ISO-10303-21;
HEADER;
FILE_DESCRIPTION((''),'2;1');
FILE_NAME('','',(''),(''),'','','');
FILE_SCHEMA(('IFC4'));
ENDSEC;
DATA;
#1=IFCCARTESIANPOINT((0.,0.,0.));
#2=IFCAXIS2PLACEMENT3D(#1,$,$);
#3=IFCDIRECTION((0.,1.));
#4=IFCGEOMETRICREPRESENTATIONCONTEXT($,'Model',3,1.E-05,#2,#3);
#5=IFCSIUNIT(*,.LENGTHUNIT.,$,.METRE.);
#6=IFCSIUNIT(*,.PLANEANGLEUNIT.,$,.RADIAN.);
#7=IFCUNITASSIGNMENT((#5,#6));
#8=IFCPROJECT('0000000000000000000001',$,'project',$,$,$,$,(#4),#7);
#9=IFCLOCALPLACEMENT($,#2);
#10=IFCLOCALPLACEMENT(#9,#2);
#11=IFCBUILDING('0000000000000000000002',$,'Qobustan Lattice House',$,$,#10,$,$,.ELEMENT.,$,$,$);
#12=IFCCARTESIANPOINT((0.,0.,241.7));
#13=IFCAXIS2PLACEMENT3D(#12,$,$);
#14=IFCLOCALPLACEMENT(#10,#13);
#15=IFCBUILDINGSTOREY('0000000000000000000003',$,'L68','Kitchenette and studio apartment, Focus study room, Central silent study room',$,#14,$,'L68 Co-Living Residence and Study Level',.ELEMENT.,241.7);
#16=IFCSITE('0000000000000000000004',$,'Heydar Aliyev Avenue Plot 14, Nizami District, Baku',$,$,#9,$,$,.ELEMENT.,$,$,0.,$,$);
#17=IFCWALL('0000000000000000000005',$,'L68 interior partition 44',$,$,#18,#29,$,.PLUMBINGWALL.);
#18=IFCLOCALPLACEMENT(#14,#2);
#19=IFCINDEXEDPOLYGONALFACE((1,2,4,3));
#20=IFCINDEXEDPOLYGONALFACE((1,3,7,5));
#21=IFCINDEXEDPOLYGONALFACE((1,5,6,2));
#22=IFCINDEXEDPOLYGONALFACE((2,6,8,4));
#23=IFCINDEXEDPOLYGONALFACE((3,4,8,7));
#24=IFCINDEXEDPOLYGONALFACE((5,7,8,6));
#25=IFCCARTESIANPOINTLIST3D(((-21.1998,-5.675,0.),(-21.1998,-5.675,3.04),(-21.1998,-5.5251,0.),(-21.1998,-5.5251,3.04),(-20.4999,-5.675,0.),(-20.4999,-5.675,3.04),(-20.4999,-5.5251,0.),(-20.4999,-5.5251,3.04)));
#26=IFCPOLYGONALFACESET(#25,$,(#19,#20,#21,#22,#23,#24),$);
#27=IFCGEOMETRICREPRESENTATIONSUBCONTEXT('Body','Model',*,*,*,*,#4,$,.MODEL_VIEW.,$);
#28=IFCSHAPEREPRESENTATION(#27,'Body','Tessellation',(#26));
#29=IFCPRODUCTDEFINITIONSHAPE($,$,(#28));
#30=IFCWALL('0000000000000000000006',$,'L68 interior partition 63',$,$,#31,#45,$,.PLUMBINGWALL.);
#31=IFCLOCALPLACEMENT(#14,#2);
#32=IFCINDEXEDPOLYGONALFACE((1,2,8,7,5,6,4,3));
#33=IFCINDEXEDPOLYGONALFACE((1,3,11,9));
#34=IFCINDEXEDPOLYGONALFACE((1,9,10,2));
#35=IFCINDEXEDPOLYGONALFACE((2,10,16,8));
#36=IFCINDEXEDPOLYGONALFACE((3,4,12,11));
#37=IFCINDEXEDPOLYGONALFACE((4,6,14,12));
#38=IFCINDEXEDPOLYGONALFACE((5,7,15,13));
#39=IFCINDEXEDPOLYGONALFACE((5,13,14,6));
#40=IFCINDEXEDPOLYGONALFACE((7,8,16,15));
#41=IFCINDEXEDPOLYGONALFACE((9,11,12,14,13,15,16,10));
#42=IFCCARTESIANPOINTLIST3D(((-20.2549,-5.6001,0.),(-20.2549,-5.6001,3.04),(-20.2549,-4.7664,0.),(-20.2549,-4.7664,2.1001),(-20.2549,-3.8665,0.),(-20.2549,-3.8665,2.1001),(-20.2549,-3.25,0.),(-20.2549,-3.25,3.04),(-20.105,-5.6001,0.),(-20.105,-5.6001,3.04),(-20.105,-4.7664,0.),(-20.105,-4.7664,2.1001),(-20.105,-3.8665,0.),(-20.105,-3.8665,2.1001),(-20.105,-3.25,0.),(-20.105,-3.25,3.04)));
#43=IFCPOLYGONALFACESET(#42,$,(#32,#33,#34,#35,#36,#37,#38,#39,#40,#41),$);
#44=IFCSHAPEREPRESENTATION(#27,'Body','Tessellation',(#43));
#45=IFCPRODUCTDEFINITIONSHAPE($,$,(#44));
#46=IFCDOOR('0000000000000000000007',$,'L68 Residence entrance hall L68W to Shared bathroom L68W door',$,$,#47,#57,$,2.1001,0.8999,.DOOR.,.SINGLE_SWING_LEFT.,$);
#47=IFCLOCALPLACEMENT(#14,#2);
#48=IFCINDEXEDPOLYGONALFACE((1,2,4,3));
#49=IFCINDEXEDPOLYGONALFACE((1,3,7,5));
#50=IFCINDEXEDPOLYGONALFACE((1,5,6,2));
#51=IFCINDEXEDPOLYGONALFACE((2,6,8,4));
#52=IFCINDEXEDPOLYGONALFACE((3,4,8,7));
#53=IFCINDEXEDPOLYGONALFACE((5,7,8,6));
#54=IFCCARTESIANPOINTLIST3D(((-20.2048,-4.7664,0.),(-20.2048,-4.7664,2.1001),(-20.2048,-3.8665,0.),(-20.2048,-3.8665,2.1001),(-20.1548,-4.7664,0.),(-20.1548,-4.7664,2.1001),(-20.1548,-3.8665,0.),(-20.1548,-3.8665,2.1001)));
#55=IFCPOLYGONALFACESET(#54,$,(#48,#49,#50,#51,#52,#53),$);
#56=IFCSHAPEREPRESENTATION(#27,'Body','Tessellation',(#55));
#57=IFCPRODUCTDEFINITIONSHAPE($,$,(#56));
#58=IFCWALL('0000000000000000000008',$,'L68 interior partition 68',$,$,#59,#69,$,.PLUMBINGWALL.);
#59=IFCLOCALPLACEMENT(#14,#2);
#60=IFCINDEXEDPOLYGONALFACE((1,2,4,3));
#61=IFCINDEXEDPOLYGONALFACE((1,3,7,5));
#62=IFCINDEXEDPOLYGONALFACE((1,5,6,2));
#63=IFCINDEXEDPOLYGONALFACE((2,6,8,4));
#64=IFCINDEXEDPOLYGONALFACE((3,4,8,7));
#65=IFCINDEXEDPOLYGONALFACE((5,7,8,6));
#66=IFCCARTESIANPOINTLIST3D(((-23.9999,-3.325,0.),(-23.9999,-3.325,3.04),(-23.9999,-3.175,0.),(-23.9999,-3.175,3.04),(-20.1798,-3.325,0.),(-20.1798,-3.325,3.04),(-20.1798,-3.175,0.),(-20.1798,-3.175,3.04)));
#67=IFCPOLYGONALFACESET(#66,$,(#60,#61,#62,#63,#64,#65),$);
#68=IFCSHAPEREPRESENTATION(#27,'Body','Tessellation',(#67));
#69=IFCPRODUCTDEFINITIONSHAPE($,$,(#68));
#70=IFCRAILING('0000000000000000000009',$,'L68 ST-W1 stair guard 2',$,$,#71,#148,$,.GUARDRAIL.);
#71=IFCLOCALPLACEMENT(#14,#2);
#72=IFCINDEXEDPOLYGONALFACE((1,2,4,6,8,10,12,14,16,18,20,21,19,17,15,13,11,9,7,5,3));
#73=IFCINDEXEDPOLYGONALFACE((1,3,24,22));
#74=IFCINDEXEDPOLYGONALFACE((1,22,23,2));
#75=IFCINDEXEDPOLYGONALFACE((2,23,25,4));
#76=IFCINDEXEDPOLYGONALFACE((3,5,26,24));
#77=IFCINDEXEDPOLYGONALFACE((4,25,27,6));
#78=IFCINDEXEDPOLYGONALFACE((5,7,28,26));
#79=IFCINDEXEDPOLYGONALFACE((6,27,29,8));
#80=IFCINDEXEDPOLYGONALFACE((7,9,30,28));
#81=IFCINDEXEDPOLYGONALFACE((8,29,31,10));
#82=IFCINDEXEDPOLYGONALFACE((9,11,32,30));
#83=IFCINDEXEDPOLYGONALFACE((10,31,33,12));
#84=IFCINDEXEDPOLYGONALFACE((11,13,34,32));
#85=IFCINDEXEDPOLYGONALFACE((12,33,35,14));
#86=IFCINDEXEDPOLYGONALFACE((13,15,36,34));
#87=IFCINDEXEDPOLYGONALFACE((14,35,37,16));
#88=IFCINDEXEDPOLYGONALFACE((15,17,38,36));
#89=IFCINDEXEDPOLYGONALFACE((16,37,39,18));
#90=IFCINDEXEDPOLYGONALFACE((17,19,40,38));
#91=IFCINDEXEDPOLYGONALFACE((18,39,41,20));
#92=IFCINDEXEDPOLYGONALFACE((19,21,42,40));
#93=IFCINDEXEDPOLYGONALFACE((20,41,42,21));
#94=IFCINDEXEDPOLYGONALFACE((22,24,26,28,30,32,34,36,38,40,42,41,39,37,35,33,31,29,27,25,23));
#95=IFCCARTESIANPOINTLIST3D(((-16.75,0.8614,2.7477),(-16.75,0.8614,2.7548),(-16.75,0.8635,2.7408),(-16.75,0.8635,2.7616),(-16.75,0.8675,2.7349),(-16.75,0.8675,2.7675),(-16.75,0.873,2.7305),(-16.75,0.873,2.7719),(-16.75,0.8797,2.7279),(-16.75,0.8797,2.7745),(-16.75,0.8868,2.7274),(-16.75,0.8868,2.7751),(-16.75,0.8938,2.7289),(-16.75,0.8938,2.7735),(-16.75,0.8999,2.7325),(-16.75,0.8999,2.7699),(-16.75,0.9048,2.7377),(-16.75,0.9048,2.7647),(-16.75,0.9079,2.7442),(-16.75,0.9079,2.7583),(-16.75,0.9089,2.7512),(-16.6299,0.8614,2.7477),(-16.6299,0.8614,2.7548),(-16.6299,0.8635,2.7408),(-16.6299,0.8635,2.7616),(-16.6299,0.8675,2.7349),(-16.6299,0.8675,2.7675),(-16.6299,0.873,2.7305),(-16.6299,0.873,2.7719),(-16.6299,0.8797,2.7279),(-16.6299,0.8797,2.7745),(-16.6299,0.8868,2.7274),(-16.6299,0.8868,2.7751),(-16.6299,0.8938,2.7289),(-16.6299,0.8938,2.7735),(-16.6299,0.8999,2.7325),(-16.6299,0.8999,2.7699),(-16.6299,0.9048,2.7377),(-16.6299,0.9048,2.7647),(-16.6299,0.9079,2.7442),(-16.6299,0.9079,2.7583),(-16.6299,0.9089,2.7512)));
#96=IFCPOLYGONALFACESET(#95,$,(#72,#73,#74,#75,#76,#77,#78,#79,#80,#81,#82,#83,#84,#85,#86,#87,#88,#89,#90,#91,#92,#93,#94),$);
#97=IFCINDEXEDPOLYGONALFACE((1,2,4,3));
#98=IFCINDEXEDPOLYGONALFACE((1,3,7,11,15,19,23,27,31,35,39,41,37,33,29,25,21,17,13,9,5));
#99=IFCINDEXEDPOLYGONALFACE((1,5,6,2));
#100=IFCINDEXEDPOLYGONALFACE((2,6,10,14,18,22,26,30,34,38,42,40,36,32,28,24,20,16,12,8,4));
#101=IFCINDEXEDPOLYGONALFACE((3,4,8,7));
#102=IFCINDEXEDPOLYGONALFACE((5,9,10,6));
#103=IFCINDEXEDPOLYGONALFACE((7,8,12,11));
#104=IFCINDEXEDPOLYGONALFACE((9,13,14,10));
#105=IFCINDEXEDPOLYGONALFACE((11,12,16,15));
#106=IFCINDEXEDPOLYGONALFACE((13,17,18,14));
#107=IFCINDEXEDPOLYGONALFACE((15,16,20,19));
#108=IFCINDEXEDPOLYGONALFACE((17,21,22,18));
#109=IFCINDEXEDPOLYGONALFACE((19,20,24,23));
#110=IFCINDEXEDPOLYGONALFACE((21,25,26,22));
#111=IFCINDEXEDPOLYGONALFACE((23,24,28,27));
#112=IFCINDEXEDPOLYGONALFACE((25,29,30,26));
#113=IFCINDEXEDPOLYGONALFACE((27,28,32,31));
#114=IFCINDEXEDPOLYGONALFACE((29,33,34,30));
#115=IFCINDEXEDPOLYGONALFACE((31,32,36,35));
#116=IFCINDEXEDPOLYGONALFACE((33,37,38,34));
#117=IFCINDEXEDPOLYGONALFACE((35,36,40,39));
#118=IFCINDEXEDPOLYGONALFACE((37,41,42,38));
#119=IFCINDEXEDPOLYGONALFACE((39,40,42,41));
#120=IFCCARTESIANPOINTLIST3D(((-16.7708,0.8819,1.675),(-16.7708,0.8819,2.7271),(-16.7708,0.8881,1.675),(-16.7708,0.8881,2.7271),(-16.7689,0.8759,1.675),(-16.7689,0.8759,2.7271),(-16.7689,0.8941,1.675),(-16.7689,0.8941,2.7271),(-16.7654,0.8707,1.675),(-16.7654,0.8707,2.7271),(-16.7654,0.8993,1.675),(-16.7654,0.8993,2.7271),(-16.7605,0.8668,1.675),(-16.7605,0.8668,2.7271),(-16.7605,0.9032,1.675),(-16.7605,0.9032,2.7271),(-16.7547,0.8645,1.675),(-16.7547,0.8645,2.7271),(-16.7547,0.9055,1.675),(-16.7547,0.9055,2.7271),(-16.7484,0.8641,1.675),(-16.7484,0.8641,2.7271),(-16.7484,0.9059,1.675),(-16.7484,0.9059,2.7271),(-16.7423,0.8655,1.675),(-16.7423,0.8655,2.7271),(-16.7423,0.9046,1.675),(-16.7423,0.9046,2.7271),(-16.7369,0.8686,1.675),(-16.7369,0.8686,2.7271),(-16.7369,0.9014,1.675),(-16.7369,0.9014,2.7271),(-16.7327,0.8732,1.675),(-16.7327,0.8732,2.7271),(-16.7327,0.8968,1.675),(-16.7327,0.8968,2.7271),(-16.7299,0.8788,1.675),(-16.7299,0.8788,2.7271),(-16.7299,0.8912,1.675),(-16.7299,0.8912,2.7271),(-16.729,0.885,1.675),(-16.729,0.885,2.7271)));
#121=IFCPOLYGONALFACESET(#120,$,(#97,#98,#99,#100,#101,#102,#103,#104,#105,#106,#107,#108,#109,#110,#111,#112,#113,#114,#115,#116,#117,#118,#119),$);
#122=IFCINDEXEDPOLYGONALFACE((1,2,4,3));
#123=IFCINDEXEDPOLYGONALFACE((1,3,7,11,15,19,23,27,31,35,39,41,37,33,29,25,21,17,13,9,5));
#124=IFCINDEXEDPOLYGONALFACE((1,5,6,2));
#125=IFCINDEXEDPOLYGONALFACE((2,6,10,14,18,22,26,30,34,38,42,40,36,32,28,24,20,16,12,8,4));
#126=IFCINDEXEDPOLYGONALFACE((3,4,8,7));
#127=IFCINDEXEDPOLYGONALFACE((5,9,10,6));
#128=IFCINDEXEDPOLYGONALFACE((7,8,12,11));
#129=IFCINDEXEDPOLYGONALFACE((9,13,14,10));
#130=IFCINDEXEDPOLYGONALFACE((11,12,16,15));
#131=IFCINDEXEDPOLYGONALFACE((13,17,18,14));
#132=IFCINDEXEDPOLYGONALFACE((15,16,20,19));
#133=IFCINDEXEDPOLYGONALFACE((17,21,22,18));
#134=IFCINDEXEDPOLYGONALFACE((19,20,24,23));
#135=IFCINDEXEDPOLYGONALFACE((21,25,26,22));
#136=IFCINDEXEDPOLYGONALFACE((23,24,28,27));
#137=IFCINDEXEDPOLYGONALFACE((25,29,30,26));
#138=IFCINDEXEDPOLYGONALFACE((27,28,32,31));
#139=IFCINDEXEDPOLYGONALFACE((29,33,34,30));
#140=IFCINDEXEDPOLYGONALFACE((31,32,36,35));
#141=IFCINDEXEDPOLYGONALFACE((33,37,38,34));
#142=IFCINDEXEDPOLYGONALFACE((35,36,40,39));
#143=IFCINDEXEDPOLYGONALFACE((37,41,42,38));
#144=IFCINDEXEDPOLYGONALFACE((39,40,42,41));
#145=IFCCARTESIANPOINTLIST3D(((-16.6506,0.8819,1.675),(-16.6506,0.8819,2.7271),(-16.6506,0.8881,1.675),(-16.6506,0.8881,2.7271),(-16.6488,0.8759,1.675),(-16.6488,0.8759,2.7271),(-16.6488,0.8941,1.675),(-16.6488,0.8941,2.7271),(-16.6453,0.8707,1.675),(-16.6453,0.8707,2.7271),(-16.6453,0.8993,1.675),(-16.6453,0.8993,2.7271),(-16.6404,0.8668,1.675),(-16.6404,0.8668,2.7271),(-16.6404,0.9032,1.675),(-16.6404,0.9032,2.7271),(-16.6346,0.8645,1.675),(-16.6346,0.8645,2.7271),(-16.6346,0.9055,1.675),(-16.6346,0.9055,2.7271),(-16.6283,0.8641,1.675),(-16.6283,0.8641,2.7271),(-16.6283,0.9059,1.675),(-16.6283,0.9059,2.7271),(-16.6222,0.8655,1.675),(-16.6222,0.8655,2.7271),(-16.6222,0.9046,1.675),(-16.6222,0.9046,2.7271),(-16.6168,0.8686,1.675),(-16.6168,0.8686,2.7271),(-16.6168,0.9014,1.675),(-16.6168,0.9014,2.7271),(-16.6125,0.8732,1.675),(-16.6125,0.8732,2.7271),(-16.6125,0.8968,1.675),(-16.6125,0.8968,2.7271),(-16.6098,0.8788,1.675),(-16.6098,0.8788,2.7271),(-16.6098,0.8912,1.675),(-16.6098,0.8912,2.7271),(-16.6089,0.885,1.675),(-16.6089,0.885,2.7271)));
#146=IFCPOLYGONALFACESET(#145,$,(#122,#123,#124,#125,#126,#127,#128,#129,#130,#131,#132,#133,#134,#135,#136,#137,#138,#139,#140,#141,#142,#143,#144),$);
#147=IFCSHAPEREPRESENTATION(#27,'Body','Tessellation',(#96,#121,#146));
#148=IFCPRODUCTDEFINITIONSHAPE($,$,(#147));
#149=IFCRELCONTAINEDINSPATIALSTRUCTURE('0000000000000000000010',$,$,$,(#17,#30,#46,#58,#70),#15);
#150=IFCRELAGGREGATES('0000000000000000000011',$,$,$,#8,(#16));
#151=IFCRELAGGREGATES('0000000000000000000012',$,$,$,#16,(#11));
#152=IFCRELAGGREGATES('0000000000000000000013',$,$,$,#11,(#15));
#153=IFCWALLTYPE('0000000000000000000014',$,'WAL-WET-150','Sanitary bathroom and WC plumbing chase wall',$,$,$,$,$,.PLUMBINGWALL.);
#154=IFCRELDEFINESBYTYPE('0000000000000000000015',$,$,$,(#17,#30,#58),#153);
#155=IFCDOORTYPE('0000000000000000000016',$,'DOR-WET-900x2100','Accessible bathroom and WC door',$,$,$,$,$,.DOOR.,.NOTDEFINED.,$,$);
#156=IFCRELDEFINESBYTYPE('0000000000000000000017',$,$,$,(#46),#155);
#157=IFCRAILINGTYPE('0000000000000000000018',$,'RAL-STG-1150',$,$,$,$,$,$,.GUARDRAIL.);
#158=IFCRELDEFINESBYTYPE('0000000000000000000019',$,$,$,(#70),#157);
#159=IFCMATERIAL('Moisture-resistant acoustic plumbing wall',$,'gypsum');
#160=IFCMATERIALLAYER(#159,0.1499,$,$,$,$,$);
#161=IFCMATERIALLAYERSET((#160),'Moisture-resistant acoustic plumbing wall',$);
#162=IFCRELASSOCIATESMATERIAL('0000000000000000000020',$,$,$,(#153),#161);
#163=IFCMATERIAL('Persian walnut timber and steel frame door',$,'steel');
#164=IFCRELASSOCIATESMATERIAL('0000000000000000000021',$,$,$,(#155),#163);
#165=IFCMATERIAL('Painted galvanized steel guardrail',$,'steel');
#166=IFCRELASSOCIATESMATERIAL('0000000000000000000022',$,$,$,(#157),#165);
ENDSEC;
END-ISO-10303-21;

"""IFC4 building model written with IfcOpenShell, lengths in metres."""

from ifc_helpers import new_model, si_unit, direction, frame, frame_2d, origin, origin_2d, place, context, subcontext, project, spatial, rectangle, circle, extrude, material, layer, layer_set, type_object, element, fill, save


model = new_model("IFC4")

# Units and contexts
model_context = context("Model", 3, precision=1e-05, world=origin(), true_north=direction((0.0, 1.0)))
body_context = subcontext(model_context, "Body", "Model", "MODEL_VIEW")
ifc_project = project(units=[si_unit("LENGTHUNIT", "METRE"), si_unit("PLANEANGLEUNIT", "RADIAN")], contexts=[model_context])

# Site, building, storey
site_placement = place(None, origin())
site = spatial("IfcSite", under=ifc_project, at=site_placement, Name="Heydar Aliyev Avenue Plot 14, Nizami District, Baku", CompositionType="ELEMENT", RefElevation=0.0)
building_placement = place(site_placement, origin())
building = spatial("IfcBuilding", under=site, at=building_placement, Name="Qobustan Lattice House", CompositionType="ELEMENT")
storey_placement = place(building_placement, frame((0.0, 0.0, 241.7)))
storey = spatial("IfcBuildingStorey", under=building, at=storey_placement, Name="L68", Description="Kitchenette and studio apartment, Focus study room, Central silent study room", LongName="L68 Co-Living Residence and Study Level", CompositionType="ELEMENT", Elevation=241.7)

# Wall
ifc_material_1 = material(Name="Moisture-resistant acoustic plumbing wall", Category="gypsum")
ifc_layer_1 = layer(ifc_material_1, 0.1499)
ifc_layer_set_1 = layer_set([ifc_layer_1], Name="Moisture-resistant acoustic plumbing wall")
wall_type_1 = type_object("IfcWallType", Name="WAL-WET-150", Description="Sanitary bathroom and WC plumbing chase wall", PredefinedType="PLUMBINGWALL", material=ifc_layer_set_1)
wall_1_placement = place(storey_placement, frame((-21.2, -5.6001, 0.0), z_axis=(0.0, 0.0, 1.0), x_axis=(1.0, 0.0, 0.0)))
element("IfcWall", 1, at=wall_1_placement, inside=storey, type_object=wall_type_1, Name="L68 interior partition 44", PredefinedType="PLUMBINGWALL", context=body_context, shape_type="SweptSolid", body=[
    extrude(rectangle(XDim=0.7, YDim=0.1499, at=frame_2d((0.3501, 0.0))), origin(), (0.0, 0.0, 1.0), 3.04),
])

# Wall, opening, door
wall_2_placement = place(storey_placement, frame((-20.1799, -5.6001, 0.0), z_axis=(0.0, 0.0, 1.0), x_axis=(0.0, 1.0, 0.0)))
wall_2 = element("IfcWall", 2, at=wall_2_placement, inside=storey, type_object=wall_type_1, Name="L68 interior partition 63", PredefinedType="PLUMBINGWALL", context=body_context, shape_type="SweptSolid", body=[
    extrude(rectangle(XDim=2.3501, YDim=0.1499, at=frame_2d((1.175, 0.0))), origin(), (0.0, 0.0, 1.0), 3.04),
])
opening_1_placement = place(wall_2_placement, frame((0.8337, 0.0, 0.0)))
opening_1 = element("IfcOpeningElement", 3, at=opening_1_placement, cuts=wall_2, PredefinedType="OPENING", context=body_context, shape_type="SweptSolid", body=[
    extrude(rectangle(XDim=0.8999, YDim=2.1001, at=frame_2d((0.45, 1.05))), frame((0.0, 0.085, 0.0), z_axis=(0.0, -1.0, 0.0), x_axis=(1.0, 0.0, 0.0)), (0.0, 0.0, 1.0), 0.1699),
])
ifc_material_2 = material(Name="Persian walnut timber and steel frame door", Category="steel")
door_type_1 = type_object("IfcDoorType", Name="DOR-WET-900x2100", Description="Accessible bathroom and WC door", OperationType="NOTDEFINED", PredefinedType="DOOR", material=ifc_material_2)
door_1_placement = place(opening_1_placement, origin())
door_1 = element("IfcDoor", 4, at=door_1_placement, inside=storey, type_object=door_type_1, Name="L68 Residence entrance hall L68W to Shared bathroom L68W door", OperationType="SINGLE_SWING_LEFT", OverallHeight=2.1001, OverallWidth=0.8999, PredefinedType="DOOR", context=body_context, shape_type="SweptSolid", body=[
    extrude(rectangle(XDim=0.8999, YDim=2.1001, at=frame_2d((0.45, 1.05))), frame((0.0, 0.0249, 0.0), z_axis=(0.0, -1.0, 0.0), x_axis=(1.0, 0.0, 0.0)), (0.0, 0.0, 1.0), 0.05),
])
fill(opening_1, door_1)

# Wall
wall_3_placement = place(storey_placement, frame((-24.0, -3.25, 0.0), z_axis=(0.0, 0.0, 1.0), x_axis=(1.0, 0.0, 0.0)))
element("IfcWall", 5, at=wall_3_placement, inside=storey, type_object=wall_type_1, Name="L68 interior partition 68", PredefinedType="PLUMBINGWALL", context=body_context, shape_type="SweptSolid", body=[
    extrude(rectangle(XDim=3.8201, YDim=0.1499, at=frame_2d((1.9102, 0.0))), origin(), (0.0, 0.0, 1.0), 3.04),
])

# Railing
ifc_material_3 = material(Name="Painted galvanized steel guardrail", Category="steel")
railing_type = type_object("IfcRailingType", Name="RAL-STG-1150", PredefinedType="GUARDRAIL", material=ifc_material_3)
railing_placement = place(storey_placement, frame((-16.75, 0.885, 1.675)))
element("IfcRailing", 6, at=railing_placement, inside=storey, type_object=railing_type, Name="L68 ST-W1 stair guard 2", PredefinedType="GUARDRAIL", context=body_context, shape_type="SweptSolid", body=[
    extrude(circle(Radius=0.0239, at=origin_2d()), frame((0.0, 0.0, 1.0762), z_axis=(1.0, 0.0, 0.0), x_axis=(0.0, 1.0, 0.0)), (0.0, 0.0, 1.0), 0.1201),
    extrude(circle(Radius=0.021, at=origin_2d()), origin(), (0.0, 0.0, 1.0), 1.052),
    extrude(circle(Radius=0.021, at=origin_2d()), frame((0.1201, 0.0, 0.0)), (0.0, 0.0, 1.0), 1.052),
])

save(model, "model.ifc")
